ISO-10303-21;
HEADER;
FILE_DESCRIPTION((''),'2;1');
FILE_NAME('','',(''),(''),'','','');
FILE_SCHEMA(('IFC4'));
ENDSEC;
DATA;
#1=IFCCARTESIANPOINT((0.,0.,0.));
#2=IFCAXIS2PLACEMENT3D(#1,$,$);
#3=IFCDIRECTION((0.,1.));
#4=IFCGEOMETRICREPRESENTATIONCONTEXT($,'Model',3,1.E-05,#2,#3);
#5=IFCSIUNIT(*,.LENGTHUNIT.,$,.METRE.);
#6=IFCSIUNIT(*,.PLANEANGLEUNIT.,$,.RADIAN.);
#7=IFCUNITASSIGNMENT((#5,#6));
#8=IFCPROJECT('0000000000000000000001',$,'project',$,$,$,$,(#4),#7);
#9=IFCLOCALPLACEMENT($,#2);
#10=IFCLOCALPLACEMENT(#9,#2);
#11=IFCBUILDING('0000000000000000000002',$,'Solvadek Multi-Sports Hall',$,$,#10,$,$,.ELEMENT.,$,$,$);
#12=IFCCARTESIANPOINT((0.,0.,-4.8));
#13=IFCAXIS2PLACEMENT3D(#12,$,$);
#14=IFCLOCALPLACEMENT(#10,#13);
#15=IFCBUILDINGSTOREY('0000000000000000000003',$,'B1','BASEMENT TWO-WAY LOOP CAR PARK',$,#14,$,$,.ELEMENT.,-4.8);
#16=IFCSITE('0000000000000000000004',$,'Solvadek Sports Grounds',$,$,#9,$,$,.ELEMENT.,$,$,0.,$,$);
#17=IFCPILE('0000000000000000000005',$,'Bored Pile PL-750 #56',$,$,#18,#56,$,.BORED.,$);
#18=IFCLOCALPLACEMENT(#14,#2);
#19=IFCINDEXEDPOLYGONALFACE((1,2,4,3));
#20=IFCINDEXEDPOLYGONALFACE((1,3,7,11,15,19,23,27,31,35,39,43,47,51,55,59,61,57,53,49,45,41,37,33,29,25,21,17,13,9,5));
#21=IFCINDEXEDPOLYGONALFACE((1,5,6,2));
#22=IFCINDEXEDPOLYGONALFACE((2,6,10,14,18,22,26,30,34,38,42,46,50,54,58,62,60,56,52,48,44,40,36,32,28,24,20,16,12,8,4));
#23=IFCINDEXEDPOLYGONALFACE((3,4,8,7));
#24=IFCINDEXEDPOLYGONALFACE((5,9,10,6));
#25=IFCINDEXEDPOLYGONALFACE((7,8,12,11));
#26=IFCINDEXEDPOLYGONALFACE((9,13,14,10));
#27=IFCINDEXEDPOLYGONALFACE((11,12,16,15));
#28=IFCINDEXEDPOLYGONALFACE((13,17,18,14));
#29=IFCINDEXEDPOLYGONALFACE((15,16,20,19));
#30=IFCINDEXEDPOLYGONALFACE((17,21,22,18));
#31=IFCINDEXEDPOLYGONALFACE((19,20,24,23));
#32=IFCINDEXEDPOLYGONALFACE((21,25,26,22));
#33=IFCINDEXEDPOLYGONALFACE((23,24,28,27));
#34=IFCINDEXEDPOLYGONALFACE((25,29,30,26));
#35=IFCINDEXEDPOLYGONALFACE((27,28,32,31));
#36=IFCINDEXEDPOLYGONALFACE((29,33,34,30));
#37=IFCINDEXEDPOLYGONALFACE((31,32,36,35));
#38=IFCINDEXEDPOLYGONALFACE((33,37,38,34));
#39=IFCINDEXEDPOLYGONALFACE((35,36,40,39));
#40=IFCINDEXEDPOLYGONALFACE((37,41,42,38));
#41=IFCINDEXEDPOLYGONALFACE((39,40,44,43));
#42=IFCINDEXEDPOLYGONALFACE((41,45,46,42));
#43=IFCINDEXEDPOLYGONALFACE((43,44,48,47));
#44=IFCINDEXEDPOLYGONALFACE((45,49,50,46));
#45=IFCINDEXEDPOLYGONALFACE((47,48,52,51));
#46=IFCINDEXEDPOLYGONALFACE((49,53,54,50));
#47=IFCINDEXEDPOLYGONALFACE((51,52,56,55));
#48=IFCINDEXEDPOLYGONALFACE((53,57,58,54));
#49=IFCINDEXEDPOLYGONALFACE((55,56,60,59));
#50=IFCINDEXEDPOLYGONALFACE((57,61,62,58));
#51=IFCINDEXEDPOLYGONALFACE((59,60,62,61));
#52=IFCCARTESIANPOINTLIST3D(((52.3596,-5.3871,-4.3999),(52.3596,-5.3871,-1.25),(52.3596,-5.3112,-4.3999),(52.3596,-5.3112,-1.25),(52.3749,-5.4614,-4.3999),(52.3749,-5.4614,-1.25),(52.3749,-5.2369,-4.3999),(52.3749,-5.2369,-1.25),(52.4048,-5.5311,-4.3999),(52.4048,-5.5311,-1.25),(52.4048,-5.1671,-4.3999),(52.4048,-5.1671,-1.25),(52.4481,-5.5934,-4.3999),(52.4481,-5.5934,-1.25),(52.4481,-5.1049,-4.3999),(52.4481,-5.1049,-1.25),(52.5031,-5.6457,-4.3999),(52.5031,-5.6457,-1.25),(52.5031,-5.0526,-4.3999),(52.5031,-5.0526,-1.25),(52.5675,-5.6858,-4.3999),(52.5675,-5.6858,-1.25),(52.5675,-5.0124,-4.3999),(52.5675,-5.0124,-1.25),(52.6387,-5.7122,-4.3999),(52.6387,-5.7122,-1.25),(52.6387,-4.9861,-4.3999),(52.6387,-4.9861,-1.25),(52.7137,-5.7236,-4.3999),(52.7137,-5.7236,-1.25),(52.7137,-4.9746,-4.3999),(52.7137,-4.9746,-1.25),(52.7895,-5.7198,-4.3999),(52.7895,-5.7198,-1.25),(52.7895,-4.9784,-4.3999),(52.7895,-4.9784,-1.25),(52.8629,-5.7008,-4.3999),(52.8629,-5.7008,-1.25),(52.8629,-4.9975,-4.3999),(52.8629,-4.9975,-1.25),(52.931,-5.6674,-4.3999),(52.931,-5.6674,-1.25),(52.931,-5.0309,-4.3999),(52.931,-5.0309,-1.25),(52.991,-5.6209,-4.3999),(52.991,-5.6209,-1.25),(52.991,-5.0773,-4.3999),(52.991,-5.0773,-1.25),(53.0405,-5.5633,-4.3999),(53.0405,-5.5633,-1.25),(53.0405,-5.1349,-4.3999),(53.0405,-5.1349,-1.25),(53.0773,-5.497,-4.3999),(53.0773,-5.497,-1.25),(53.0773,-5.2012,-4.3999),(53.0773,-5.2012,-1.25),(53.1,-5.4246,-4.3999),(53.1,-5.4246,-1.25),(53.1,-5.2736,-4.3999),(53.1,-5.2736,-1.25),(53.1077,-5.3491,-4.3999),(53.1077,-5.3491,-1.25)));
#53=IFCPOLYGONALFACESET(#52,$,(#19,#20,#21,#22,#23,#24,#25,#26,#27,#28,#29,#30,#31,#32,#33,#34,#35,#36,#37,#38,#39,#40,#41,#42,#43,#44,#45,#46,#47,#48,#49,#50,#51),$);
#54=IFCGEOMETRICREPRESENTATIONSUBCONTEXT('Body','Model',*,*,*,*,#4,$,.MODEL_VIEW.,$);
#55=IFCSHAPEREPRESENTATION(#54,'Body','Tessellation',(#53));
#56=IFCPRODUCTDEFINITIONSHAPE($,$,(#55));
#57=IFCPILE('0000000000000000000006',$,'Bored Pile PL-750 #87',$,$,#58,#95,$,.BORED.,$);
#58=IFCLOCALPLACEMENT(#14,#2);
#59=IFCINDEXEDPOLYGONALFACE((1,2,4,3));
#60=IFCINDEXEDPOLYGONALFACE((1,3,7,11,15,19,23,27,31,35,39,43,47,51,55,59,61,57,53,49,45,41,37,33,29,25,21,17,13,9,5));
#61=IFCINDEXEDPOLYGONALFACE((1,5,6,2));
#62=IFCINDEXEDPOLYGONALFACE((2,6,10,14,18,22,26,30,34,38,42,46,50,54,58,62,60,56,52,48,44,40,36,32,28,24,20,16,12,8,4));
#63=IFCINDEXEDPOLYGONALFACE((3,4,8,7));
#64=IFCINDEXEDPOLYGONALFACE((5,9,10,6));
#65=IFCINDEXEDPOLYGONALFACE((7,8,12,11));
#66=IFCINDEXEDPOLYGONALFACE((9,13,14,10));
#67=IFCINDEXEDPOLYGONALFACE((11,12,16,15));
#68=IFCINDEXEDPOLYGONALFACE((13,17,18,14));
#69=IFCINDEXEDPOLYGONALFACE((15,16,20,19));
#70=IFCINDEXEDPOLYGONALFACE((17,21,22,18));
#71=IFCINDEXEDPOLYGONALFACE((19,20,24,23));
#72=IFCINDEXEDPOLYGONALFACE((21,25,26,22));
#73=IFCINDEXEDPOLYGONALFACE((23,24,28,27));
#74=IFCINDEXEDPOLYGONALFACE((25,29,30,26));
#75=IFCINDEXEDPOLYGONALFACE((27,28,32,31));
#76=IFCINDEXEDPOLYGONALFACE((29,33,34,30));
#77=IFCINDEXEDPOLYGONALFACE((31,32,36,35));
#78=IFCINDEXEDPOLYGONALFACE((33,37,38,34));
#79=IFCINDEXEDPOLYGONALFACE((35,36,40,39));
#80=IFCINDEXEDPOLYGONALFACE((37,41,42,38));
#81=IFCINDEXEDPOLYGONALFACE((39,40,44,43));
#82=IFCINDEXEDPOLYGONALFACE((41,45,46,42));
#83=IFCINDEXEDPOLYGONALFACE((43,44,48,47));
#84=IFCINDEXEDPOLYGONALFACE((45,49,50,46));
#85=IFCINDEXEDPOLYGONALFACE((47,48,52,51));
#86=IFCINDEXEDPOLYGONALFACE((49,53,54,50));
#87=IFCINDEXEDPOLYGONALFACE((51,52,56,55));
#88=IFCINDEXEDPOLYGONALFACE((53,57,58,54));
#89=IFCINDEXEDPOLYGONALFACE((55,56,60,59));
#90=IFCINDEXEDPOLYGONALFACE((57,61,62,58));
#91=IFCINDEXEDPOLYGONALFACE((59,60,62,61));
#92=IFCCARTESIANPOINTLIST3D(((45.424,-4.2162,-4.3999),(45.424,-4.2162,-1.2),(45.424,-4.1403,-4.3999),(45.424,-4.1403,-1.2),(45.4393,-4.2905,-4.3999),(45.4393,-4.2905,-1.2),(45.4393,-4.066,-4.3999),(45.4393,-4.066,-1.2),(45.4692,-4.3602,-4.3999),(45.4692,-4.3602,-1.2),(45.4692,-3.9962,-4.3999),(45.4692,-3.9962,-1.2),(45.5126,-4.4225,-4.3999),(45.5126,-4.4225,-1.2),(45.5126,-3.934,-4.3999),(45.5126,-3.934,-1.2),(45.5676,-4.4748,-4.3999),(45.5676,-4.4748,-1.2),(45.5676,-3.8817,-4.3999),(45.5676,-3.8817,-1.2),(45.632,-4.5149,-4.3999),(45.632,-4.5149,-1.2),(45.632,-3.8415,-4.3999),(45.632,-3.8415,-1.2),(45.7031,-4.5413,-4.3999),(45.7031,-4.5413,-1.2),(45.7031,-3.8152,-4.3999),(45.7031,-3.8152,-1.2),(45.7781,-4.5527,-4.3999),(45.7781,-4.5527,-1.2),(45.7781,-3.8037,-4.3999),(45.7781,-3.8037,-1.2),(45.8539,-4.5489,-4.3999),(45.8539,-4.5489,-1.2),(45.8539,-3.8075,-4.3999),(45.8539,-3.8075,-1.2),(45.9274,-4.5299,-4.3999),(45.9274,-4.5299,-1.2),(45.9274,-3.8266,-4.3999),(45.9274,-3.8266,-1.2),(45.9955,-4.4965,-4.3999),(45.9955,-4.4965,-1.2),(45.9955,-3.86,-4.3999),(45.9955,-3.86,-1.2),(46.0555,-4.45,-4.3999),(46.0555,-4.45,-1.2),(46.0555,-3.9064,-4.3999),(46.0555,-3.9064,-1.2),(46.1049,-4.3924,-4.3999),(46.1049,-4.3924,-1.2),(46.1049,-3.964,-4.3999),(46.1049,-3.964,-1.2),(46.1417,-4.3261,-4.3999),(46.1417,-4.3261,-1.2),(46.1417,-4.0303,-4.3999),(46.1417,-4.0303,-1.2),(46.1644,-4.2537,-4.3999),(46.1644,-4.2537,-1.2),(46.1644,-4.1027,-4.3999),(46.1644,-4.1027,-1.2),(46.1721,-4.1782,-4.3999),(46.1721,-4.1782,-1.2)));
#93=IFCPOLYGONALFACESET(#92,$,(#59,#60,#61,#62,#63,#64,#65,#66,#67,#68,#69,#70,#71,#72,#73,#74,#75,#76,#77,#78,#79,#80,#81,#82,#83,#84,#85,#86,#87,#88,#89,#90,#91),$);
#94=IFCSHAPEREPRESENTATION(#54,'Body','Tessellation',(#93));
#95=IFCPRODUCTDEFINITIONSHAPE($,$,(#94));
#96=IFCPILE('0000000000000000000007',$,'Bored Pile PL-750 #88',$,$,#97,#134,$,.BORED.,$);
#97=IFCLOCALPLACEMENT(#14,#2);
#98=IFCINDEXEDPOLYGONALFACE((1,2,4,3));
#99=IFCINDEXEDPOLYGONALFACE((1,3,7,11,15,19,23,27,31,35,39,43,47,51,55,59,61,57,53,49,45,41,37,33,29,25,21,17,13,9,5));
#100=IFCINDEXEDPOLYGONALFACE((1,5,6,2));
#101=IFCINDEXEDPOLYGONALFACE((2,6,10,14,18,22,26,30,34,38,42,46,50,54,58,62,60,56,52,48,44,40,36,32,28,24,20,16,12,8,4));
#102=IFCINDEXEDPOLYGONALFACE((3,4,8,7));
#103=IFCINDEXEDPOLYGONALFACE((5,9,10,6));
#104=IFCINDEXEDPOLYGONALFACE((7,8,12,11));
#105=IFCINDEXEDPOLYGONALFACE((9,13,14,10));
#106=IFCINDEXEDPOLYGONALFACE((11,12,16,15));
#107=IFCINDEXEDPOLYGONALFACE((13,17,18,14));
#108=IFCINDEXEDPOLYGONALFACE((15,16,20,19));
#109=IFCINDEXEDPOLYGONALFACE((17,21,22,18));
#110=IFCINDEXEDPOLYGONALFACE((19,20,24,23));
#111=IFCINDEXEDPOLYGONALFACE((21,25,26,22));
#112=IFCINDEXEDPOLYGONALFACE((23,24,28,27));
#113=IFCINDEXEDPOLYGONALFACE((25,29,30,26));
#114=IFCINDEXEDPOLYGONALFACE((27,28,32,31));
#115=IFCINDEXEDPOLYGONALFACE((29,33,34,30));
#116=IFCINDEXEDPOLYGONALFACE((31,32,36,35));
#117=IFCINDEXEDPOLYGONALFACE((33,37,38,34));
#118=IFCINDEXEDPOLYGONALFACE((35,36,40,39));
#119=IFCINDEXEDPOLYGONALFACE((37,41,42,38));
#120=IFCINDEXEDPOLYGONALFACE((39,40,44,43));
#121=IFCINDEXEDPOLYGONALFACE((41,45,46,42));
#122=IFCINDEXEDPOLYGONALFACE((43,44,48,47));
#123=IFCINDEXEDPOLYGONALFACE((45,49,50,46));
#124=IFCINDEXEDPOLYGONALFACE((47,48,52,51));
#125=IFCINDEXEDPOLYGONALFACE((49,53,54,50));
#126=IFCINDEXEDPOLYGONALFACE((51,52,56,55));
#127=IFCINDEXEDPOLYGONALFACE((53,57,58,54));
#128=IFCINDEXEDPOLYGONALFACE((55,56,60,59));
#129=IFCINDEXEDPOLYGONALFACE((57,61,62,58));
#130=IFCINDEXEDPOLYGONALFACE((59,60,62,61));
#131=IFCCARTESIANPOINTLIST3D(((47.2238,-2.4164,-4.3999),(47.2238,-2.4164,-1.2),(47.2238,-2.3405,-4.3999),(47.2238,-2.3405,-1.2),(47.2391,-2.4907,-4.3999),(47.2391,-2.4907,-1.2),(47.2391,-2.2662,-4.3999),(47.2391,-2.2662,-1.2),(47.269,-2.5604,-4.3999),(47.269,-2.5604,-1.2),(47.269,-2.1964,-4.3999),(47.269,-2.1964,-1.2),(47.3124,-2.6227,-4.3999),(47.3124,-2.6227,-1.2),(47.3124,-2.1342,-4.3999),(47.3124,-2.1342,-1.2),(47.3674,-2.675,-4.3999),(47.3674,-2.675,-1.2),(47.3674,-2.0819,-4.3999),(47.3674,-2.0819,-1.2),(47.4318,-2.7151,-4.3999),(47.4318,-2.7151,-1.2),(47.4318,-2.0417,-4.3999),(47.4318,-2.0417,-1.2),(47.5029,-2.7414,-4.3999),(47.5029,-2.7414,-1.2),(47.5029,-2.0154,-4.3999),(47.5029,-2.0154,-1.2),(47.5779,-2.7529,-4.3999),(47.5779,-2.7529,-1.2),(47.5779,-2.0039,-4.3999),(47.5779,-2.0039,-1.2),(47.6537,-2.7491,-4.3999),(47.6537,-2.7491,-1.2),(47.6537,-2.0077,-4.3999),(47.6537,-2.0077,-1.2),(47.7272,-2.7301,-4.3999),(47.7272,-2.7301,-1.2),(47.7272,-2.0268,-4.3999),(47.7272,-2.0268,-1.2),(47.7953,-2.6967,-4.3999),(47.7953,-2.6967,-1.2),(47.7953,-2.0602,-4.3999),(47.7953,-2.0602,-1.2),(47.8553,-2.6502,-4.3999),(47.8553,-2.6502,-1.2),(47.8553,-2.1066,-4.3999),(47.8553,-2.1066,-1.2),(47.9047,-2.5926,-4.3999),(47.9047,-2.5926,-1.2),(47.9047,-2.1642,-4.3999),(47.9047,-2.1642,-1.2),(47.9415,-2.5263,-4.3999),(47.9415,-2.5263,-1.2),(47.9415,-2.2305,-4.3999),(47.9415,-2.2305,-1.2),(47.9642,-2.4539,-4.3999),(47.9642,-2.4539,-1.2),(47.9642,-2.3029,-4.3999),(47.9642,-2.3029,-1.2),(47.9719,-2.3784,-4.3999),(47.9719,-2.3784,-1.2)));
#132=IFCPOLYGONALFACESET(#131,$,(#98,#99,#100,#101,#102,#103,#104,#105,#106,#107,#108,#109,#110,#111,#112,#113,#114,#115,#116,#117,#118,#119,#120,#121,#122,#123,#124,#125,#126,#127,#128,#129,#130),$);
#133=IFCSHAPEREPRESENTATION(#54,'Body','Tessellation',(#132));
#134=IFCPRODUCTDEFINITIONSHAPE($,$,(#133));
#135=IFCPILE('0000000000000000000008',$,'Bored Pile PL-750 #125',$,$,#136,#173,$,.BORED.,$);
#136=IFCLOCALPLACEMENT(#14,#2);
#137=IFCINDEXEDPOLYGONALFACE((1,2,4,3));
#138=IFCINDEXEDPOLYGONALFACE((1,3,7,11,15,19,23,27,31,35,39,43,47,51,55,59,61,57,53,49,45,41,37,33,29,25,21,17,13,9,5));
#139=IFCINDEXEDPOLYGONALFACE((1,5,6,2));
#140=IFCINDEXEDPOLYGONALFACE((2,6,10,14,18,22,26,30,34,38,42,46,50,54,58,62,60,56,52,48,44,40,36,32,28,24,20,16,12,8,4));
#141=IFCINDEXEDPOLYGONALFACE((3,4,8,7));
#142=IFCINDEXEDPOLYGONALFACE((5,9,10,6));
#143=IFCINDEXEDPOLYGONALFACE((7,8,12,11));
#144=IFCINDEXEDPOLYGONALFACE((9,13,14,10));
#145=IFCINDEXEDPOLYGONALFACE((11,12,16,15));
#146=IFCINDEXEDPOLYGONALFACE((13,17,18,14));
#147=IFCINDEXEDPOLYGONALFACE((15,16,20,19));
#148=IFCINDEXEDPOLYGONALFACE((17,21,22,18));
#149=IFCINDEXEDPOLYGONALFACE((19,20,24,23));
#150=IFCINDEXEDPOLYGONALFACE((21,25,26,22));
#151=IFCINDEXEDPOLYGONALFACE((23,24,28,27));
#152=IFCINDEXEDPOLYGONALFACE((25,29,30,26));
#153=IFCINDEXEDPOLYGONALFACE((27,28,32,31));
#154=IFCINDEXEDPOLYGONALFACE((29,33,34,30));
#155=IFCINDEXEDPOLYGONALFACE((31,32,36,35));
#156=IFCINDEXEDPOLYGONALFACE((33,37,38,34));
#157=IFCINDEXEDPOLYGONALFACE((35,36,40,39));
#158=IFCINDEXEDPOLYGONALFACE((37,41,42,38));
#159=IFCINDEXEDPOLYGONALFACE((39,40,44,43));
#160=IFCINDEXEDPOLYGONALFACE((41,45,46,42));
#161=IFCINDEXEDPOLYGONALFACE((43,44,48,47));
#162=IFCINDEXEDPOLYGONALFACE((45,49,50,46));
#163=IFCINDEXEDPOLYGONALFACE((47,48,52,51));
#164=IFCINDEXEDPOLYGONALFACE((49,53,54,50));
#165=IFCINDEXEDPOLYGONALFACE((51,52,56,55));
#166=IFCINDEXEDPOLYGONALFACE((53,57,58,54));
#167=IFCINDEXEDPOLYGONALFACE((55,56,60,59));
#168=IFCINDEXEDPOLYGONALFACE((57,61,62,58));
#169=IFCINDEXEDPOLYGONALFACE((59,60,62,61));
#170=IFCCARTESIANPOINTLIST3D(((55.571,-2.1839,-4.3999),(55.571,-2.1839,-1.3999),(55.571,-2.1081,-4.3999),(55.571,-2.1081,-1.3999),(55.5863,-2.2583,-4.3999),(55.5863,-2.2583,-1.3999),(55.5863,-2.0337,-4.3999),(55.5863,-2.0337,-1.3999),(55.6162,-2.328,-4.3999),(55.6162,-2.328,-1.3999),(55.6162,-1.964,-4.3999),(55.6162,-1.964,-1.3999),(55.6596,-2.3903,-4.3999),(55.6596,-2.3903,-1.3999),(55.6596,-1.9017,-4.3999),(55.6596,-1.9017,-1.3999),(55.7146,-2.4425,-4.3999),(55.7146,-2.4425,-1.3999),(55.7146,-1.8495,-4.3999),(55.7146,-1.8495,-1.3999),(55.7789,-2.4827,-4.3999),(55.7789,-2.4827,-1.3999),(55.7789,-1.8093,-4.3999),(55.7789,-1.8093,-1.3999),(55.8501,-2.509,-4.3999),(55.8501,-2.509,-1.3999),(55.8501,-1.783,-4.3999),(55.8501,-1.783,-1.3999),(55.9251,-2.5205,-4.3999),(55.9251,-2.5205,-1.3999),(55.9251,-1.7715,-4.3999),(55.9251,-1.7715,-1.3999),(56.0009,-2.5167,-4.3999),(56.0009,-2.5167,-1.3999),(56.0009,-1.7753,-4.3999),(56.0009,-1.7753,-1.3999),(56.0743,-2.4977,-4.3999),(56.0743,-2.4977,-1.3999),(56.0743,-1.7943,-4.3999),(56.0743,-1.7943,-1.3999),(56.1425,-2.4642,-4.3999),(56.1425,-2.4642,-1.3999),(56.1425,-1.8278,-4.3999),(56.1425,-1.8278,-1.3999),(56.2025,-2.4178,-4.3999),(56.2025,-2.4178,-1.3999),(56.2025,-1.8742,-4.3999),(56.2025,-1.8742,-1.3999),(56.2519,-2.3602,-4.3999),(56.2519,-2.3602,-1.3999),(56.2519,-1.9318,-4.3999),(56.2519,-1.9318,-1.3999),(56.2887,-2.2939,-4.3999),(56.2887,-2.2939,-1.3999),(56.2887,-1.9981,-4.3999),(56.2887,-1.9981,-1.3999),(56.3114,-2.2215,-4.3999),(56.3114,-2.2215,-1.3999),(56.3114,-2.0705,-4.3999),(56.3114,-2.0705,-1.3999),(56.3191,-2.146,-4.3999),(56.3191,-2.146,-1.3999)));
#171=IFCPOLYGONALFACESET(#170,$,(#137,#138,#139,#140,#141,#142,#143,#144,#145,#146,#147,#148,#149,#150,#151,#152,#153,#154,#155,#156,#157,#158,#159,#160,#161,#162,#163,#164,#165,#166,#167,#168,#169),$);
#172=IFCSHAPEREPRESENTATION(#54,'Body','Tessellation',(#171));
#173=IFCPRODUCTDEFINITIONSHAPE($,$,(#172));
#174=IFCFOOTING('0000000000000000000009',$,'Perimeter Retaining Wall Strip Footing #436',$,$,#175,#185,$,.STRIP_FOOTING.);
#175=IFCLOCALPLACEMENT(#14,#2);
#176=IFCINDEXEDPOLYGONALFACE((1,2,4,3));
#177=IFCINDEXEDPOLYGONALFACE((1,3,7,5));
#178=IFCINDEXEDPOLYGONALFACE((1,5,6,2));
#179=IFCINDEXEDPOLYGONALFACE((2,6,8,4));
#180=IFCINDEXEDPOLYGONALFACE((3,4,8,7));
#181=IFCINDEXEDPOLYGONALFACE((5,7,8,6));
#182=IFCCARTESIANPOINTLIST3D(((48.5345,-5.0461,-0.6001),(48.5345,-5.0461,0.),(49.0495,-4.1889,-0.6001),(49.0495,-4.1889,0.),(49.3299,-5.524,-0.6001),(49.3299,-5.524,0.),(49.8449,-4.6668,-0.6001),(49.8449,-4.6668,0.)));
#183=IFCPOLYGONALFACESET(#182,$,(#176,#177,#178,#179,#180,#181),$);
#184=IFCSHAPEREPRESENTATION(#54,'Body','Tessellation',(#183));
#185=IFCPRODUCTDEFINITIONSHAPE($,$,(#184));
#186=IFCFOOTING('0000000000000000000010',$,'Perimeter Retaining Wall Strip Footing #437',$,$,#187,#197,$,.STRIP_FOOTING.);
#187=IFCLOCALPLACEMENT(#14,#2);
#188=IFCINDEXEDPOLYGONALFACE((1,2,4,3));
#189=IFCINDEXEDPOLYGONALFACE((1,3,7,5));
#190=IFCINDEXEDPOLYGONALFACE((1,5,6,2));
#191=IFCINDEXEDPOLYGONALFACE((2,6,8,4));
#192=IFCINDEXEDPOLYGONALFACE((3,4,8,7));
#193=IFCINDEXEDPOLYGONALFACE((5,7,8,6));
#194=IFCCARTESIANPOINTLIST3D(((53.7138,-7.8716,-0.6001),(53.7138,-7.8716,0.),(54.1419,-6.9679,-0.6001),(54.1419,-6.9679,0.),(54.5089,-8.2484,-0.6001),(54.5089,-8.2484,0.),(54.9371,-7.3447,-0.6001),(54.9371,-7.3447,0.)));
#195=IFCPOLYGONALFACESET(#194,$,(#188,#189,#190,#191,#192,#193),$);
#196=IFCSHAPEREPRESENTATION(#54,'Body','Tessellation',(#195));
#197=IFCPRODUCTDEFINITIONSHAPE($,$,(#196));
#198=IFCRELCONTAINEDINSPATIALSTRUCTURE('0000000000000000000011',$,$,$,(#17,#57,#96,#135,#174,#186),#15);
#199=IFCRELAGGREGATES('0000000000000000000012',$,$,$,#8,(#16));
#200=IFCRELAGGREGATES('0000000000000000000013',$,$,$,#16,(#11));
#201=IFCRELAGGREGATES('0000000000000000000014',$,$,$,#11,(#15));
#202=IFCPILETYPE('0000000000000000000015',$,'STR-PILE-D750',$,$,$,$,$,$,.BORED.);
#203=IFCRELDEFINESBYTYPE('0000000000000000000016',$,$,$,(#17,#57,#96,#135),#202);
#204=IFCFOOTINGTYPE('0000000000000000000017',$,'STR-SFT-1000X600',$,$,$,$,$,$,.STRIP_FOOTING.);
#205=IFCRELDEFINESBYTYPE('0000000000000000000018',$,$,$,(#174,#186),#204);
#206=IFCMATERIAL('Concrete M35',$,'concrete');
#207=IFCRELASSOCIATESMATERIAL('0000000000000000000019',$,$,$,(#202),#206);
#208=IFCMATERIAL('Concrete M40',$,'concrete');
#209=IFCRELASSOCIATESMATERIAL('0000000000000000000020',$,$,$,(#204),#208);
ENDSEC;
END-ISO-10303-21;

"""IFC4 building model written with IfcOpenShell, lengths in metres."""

from ifc_helpers import new_model, si_unit, direction, frame, origin, origin_2d, place, context, subcontext, project, spatial, rectangle, circle, extrude, material, material_profile, profile_set, type_object, element, save


model = new_model("IFC4")

# Units and contexts
model_context = context("Model", 3, precision=1e-05, world=origin(), true_north=direction((0.0, 1.0)))
body_context = subcontext(model_context, "Body", "Model", "MODEL_VIEW")
ifc_project = project(units=[si_unit("LENGTHUNIT", "METRE"), si_unit("PLANEANGLEUNIT", "RADIAN")], contexts=[model_context])

# Site, building, storey
site_placement = place(None, origin())
site = spatial("IfcSite", under=ifc_project, at=site_placement, Name="Solvadek Sports Grounds", CompositionType="ELEMENT", RefElevation=0.0)
building_placement = place(site_placement, origin())
building = spatial("IfcBuilding", under=site, at=building_placement, Name="Solvadek Multi-Sports Hall", CompositionType="ELEMENT")
storey_placement = place(building_placement, frame((0.0, 0.0, -4.8)))
storey = spatial("IfcBuildingStorey", under=building, at=storey_placement, Name="B1", Description="BASEMENT TWO-WAY LOOP CAR PARK", CompositionType="ELEMENT", Elevation=-4.8)

# Shared definitions
ifc_material_1 = material(Name="Concrete M40", Category="concrete")

# Piles
ifc_material_2 = material(Name="Concrete M35", Category="concrete")
ifc_material_profile_1 = material_profile(ifc_material_2, circle(Radius=0.375, at=origin_2d()), Name="BORED PILE D750")
ifc_profile_set_1 = profile_set([ifc_material_profile_1], Name="Concrete M35")
pile_type = type_object("IfcPileType", Name="STR-PILE-D750", PredefinedType="BORED", material=ifc_profile_set_1)
for number, where, z_axis, x_axis, name in (
    (1, (52.7327, -5.3491, -1.25), (0.0, 0.0, -1.0), (1.0, 0.0, 0.0), "Bored Pile PL-750 #56"),
):
    element("IfcPile", number, at=place(storey_placement, frame(where, z_axis=z_axis, x_axis=x_axis)), inside=storey, type_object=pile_type, Name=name, PredefinedType="BORED", context=body_context, shape_type="SweptSolid", body=[
        extrude(circle(Radius=0.375, at=origin_2d()), origin(), (0.0, 0.0, 1.0), 3.1499),
    ])
for number, where, z_axis, x_axis, name in (
    (2, (45.7971, -4.1782, -1.2), (0.0, 0.0, -1.0), (1.0, 0.0, 0.0), "Bored Pile PL-750 #87"),
    (3, (47.5969, -2.3784, -1.2), (0.0, 0.0, -1.0), (1.0, 0.0, 0.0), "Bored Pile PL-750 #88"),
):
    element("IfcPile", number, at=place(storey_placement, frame(where, z_axis=z_axis, x_axis=x_axis)), inside=storey, type_object=pile_type, Name=name, PredefinedType="BORED", context=body_context, shape_type="SweptSolid", body=[
        extrude(circle(Radius=0.375, at=origin_2d()), origin(), (0.0, 0.0, 1.0), 3.2),
    ])
pile_1_placement = place(storey_placement, frame((55.9441, -2.146, -1.3999), z_axis=(0.0, 0.0, -1.0), x_axis=(1.0, 0.0, 0.0)))
element("IfcPile", 4, at=pile_1_placement, inside=storey, type_object=pile_type, Name="Bored Pile PL-750 #125", PredefinedType="BORED", context=body_context, shape_type="SweptSolid", body=[
    extrude(circle(Radius=0.375, at=origin_2d()), origin(), (0.0, 0.0, 1.0), 3.0),
])

# Footings
footing_type_1 = type_object("IfcFootingType", Name="STR-SFT-1000X600", PredefinedType="STRIP_FOOTING", material=ifc_material_1)
footing_1_placement = place(storey_placement, frame((49.1897, -4.8564, -0.6001), z_axis=(0.0, 0.0, 1.0), x_axis=(0.857167, -0.515038, 0.0)))
element("IfcFooting", 5, at=footing_1_placement, inside=storey, type_object=footing_type_1, Name="Perimeter Retaining Wall Strip Footing #436", PredefinedType="STRIP_FOOTING", context=body_context, shape_type="SweptSolid", body=[
    extrude(rectangle(XDim=0.928, YDim=1.0, at=origin_2d()), origin(), (0.0, 0.0, 1.0), 0.6001),
])
footing_2_placement = place(storey_placement, frame((54.3254, -7.6082, -0.6001), z_axis=(0.0, 0.0, 1.0), x_axis=(0.903709, -0.428147, 0.0)))
element("IfcFooting", 6, at=footing_2_placement, inside=storey, type_object=footing_type_1, Name="Perimeter Retaining Wall Strip Footing #437", PredefinedType="STRIP_FOOTING", context=body_context, shape_type="SweptSolid", body=[
    extrude(rectangle(XDim=0.8799, YDim=1.0, at=origin_2d()), origin(), (0.0, 0.0, 1.0), 0.6001),
])

save(model, "model.ifc")
